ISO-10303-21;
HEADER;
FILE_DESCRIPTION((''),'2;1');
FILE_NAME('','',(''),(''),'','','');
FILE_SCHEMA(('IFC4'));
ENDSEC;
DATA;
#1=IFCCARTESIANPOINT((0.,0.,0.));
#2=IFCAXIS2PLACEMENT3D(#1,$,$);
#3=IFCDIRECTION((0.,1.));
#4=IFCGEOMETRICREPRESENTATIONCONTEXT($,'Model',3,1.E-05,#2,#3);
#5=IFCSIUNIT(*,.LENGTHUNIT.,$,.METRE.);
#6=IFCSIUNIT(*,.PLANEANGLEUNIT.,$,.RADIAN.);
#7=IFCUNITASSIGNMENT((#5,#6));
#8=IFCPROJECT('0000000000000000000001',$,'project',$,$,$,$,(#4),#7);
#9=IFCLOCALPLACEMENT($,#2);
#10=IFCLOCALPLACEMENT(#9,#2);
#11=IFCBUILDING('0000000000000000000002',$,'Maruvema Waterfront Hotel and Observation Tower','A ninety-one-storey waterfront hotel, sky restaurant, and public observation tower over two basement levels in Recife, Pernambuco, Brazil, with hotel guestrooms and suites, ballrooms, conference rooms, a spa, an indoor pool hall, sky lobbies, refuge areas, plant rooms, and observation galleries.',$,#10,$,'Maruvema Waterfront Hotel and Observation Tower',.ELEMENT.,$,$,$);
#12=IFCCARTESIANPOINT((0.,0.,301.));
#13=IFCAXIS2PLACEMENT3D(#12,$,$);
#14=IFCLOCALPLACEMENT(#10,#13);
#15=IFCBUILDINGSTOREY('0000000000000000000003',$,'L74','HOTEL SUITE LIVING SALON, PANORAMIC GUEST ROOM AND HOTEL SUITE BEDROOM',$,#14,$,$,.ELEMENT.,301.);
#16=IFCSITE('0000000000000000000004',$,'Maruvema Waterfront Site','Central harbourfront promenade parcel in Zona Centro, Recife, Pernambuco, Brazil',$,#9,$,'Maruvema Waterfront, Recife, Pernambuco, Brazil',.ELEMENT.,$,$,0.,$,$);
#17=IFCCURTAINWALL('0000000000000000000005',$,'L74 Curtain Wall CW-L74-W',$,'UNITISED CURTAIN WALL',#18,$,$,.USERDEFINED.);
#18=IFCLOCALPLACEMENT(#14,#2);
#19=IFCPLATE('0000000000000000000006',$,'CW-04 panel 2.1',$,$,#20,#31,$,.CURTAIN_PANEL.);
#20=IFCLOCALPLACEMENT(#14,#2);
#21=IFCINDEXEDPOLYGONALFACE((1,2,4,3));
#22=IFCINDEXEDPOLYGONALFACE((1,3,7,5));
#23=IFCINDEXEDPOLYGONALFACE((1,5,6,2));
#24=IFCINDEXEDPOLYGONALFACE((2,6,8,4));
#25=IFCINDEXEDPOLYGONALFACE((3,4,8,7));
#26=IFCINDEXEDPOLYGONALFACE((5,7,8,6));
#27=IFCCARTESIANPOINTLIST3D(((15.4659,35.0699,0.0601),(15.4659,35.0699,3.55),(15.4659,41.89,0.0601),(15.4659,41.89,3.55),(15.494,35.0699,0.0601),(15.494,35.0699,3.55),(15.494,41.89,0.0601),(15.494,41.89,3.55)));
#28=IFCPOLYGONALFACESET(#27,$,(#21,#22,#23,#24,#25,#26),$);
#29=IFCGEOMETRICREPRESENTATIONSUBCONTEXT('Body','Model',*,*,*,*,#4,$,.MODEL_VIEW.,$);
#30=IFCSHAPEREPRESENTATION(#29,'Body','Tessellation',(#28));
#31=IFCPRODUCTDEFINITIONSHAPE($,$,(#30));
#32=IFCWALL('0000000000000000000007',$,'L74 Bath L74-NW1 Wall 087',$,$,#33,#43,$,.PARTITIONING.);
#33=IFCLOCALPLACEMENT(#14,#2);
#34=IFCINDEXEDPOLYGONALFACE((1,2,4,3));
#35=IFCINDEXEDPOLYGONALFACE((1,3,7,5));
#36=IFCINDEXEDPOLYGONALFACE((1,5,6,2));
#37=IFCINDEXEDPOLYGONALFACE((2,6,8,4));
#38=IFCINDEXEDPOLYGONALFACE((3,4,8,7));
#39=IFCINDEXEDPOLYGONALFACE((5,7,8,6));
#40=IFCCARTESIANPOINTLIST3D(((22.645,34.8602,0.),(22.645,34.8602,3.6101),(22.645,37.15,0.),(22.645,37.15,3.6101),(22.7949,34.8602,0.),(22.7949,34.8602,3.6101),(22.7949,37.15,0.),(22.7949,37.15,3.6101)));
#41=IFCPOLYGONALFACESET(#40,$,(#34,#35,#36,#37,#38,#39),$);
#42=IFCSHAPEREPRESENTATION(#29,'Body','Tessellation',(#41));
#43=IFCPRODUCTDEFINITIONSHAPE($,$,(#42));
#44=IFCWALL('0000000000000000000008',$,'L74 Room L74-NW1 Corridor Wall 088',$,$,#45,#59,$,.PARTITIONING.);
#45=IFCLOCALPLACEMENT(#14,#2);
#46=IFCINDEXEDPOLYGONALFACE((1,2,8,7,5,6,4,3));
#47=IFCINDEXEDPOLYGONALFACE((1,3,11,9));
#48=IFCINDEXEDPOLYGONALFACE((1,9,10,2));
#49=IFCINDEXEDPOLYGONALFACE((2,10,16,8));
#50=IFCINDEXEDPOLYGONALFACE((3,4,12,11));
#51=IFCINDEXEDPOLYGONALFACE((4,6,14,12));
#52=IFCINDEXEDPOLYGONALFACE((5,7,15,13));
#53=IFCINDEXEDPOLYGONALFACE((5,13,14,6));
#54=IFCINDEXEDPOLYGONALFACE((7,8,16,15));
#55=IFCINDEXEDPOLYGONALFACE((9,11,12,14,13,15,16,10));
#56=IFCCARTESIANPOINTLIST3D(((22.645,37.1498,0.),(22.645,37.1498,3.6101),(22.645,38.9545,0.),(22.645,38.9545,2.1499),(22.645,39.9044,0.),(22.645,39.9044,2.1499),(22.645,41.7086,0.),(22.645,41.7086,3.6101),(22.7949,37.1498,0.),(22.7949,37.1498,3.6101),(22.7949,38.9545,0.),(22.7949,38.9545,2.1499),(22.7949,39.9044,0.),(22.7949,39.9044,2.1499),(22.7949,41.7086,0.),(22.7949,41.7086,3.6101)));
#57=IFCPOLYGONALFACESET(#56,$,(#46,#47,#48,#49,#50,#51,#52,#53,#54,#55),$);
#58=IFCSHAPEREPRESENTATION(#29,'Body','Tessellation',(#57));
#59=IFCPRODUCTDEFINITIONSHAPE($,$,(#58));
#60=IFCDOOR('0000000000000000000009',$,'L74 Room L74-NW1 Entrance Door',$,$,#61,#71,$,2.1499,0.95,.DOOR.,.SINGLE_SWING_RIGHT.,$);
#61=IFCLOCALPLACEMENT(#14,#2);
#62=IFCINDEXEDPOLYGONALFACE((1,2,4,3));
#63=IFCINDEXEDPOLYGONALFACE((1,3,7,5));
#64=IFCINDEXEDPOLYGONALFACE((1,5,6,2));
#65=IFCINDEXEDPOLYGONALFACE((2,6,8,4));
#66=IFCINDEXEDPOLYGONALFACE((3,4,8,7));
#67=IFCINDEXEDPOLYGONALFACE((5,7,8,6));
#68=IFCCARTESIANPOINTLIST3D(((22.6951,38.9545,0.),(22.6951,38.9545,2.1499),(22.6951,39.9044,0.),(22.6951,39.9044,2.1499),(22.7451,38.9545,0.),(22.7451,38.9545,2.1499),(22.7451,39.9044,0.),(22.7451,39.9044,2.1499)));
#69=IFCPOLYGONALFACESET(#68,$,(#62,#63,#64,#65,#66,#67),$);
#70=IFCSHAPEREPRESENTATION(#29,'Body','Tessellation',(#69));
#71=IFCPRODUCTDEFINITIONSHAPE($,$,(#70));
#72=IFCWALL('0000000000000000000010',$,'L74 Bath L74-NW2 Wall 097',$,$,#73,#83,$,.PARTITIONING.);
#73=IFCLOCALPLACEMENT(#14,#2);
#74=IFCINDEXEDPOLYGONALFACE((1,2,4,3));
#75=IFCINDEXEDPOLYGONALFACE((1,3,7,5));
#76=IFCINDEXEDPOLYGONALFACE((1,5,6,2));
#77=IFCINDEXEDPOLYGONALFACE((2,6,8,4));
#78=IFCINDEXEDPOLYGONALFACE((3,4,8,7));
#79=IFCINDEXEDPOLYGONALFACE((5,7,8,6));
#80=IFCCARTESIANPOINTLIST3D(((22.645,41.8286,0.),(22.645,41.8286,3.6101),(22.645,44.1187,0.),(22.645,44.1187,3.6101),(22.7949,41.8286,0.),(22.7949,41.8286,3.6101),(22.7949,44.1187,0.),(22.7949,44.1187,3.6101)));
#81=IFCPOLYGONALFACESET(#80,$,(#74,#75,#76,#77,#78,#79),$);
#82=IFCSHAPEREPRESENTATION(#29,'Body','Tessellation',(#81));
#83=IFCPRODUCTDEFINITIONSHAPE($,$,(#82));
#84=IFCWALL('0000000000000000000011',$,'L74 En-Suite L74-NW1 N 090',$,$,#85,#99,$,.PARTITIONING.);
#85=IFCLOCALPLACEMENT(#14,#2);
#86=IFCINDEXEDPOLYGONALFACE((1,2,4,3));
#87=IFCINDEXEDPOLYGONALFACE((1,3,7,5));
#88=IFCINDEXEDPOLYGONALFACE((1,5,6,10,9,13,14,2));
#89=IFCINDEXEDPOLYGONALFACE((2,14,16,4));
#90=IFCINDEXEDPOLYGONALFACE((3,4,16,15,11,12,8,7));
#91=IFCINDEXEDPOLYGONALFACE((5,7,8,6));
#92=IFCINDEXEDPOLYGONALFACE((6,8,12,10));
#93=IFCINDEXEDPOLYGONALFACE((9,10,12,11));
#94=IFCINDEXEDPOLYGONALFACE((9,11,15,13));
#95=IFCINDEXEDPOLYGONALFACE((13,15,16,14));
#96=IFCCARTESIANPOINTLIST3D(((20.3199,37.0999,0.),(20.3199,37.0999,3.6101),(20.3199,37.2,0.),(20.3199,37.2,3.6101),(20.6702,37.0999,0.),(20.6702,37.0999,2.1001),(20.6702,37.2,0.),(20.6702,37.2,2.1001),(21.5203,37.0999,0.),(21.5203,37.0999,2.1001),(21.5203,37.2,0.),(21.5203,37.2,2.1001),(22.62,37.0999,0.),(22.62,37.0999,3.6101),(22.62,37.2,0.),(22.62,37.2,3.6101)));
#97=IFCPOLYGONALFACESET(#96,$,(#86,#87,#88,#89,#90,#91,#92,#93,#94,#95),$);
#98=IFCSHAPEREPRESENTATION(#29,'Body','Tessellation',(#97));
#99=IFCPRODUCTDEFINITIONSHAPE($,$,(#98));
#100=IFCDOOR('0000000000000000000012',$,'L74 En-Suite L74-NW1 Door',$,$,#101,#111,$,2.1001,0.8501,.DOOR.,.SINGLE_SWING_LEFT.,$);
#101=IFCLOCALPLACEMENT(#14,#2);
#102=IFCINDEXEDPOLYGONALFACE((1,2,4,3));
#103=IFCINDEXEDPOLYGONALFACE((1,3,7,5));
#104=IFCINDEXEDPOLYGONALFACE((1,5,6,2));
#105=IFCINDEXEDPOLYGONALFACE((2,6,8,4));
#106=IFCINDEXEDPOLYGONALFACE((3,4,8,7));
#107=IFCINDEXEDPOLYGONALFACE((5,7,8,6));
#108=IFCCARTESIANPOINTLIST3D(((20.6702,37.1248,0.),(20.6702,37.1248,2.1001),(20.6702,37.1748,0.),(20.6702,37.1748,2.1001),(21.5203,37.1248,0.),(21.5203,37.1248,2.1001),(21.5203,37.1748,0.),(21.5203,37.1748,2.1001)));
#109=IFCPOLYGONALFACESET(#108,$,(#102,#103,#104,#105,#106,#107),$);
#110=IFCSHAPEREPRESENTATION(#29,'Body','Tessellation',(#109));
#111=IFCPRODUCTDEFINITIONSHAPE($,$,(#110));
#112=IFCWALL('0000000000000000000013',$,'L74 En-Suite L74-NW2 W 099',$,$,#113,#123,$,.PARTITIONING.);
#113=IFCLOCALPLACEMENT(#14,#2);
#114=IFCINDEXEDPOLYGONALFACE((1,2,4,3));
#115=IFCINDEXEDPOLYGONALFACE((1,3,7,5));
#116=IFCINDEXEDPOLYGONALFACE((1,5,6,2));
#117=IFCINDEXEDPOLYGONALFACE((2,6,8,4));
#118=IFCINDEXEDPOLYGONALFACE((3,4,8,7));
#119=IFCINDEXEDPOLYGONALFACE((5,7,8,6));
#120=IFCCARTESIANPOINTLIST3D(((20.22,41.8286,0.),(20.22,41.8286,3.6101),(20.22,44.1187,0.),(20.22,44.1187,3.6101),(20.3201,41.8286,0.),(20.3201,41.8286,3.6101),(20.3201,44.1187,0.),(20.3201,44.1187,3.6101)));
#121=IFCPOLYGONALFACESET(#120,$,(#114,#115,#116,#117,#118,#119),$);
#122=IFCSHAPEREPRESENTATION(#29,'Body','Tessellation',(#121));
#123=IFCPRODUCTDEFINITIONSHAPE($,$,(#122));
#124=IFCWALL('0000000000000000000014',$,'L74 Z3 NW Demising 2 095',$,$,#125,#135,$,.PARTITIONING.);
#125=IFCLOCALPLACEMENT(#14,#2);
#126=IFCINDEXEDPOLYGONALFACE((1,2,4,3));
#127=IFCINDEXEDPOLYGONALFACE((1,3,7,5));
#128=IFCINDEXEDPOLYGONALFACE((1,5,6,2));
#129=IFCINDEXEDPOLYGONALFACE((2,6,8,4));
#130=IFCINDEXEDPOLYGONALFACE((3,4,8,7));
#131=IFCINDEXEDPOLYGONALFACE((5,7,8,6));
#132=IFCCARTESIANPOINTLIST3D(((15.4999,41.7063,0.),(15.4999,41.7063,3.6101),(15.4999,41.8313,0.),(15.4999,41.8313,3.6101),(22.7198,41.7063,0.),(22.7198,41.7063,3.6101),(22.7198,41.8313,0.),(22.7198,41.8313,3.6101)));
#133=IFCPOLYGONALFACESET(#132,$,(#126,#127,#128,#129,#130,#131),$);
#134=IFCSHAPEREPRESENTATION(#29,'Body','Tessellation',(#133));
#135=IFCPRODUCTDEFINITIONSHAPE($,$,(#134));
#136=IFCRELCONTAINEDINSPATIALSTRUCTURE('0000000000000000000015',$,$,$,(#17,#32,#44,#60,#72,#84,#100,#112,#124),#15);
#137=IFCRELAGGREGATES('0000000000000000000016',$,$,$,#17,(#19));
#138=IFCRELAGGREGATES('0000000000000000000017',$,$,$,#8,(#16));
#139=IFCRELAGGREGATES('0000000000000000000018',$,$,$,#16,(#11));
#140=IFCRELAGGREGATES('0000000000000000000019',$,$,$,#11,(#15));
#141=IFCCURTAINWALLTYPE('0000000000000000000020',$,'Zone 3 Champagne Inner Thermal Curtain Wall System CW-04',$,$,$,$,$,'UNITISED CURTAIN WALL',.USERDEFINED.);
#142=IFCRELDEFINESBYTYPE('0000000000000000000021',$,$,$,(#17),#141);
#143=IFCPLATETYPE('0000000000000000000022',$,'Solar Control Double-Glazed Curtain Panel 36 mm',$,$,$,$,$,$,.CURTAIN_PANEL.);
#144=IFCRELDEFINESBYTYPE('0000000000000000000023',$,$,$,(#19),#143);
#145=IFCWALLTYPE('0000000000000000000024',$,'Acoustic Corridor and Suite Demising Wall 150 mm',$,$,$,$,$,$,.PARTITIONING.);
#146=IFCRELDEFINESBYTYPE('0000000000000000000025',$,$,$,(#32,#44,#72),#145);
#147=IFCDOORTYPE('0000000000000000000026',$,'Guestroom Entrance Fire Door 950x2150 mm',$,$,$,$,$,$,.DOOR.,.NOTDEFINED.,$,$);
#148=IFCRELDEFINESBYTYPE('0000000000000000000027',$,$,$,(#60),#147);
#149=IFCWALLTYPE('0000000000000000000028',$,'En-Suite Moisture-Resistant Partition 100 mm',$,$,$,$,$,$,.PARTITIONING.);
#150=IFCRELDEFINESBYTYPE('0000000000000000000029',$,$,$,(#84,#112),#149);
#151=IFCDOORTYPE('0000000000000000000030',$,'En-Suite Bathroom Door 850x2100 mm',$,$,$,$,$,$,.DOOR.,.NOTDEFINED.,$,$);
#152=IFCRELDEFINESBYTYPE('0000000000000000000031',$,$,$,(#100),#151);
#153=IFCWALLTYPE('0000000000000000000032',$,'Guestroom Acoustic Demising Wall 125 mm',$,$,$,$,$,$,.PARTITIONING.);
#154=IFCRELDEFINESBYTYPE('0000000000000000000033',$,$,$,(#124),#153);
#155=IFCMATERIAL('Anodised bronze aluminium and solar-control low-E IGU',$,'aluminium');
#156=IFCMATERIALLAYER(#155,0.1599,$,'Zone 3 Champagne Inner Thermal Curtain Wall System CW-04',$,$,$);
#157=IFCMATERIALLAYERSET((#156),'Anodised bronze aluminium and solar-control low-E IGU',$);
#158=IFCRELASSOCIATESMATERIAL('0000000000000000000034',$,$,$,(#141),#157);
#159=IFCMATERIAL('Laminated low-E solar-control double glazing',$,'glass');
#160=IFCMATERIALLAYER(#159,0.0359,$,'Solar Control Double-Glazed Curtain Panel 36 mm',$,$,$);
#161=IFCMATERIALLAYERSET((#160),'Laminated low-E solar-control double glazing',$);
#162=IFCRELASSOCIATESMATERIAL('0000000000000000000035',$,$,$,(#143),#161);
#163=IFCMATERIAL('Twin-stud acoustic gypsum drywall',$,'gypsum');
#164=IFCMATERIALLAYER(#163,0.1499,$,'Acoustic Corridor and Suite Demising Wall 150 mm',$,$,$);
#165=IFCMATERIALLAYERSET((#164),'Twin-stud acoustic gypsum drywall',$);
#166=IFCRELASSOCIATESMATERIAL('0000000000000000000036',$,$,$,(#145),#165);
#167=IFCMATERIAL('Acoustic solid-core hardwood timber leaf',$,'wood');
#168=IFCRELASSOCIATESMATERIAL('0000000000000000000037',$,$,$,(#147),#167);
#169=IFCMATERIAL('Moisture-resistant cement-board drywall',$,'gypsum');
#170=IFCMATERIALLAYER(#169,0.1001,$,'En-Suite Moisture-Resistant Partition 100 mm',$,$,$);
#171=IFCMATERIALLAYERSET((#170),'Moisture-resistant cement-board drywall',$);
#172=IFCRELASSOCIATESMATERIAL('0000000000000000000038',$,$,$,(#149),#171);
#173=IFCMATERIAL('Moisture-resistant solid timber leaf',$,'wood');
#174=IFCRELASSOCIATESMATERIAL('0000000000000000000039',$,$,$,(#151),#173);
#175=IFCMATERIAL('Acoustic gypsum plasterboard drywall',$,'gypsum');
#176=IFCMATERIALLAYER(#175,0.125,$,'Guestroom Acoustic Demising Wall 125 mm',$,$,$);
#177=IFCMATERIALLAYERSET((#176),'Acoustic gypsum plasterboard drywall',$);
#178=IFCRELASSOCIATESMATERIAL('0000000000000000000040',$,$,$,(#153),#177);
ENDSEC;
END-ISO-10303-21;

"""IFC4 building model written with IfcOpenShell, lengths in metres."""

from ifc_helpers import new_model, si_unit, direction, frame, frame_2d, origin, origin_2d, place, context, subcontext, project, spatial, rectangle, extrude, material, layer, layer_set, type_object, element, fill, aggregate, save


model = new_model("IFC4")

# Units and contexts
model_context = context("Model", 3, precision=1e-05, world=origin(), true_north=direction((0.0, 1.0)))
body_context = subcontext(model_context, "Body", "Model", "MODEL_VIEW")
ifc_project = project(units=[si_unit("LENGTHUNIT", "METRE"), si_unit("PLANEANGLEUNIT", "RADIAN")], contexts=[model_context])

# Site, building, storey
site_placement = place(None, origin())
site = spatial("IfcSite", under=ifc_project, at=site_placement, Name="Maruvema Waterfront Site", Description="Central harbourfront promenade parcel in Zona Centro, Recife, Pernambuco, Brazil", LongName="Maruvema Waterfront, Recife, Pernambuco, Brazil", CompositionType="ELEMENT", RefElevation=0.0)
building_placement = place(site_placement, origin())
building = spatial("IfcBuilding", under=site, at=building_placement, Name="Maruvema Waterfront Hotel and Observation Tower", Description="A ninety-one-storey waterfront hotel, sky restaurant, and public observation tower over two basement levels in Recife, Pernambuco, Brazil, with hotel guestrooms and suites, ballrooms, conference rooms, a spa, an indoor pool hall, sky lobbies, refuge areas, plant rooms, and observation galleries.", LongName="Maruvema Waterfront Hotel and Observation Tower", CompositionType="ELEMENT")
storey_placement = place(building_placement, frame((0.0, 0.0, 301.0)))
storey = spatial("IfcBuildingStorey", under=building, at=storey_placement, Name="L74", Description="HOTEL SUITE LIVING SALON, PANORAMIC GUEST ROOM AND HOTEL SUITE BEDROOM", CompositionType="ELEMENT", Elevation=301.0)

# Curtain wall
ifc_material_1 = material(Name="Anodised bronze aluminium and solar-control low-E IGU", Category="aluminium")
ifc_layer_1 = layer(ifc_material_1, 0.1599, Name="Zone 3 Champagne Inner Thermal Curtain Wall System CW-04")
ifc_layer_set_1 = layer_set([ifc_layer_1], Name="Anodised bronze aluminium and solar-control low-E IGU")
curtain_wall_type = type_object("IfcCurtainWallType", Name="Zone 3 Champagne Inner Thermal Curtain Wall System CW-04", ElementType="UNITISED CURTAIN WALL", PredefinedType="USERDEFINED", material=ifc_layer_set_1)
curtain_wall_placement = place(storey_placement, origin())
curtain_wall = element("IfcCurtainWall", 1, at=curtain_wall_placement, inside=storey, type_object=curtain_wall_type, Name="L74 Curtain Wall CW-L74-W", ObjectType="UNITISED CURTAIN WALL", PredefinedType="USERDEFINED")

# Plate
ifc_material_2 = material(Name="Laminated low-E solar-control double glazing", Category="glass")
ifc_layer_2 = layer(ifc_material_2, 0.0359, Name="Solar Control Double-Glazed Curtain Panel 36 mm")
ifc_layer_set_2 = layer_set([ifc_layer_2], Name="Laminated low-E solar-control double glazing")
plate_type = type_object("IfcPlateType", Name="Solar Control Double-Glazed Curtain Panel 36 mm", PredefinedType="CURTAIN_PANEL", material=ifc_layer_set_2)
plate_placement = place(storey_placement, frame((15.48, 38.48, 0.0601), z_axis=(0.0, 0.0, 1.0), x_axis=(0.0, -1.0, 0.0)))
plate = element("IfcPlate", 2, at=plate_placement, type_object=plate_type, Name="CW-04 panel 2.1", PredefinedType="CURTAIN_PANEL", context=body_context, shape_type="SweptSolid", body=[
    extrude(rectangle(XDim=6.8201, YDim=0.0281, at=origin_2d()), origin(), (0.0, 0.0, 1.0), 3.49),
])
aggregate(curtain_wall, [plate])

# Wall
ifc_material_3 = material(Name="Twin-stud acoustic gypsum drywall", Category="gypsum")
ifc_layer_3 = layer(ifc_material_3, 0.1499, Name="Acoustic Corridor and Suite Demising Wall 150 mm")
ifc_layer_set_3 = layer_set([ifc_layer_3], Name="Twin-stud acoustic gypsum drywall")
wall_type_1 = type_object("IfcWallType", Name="Acoustic Corridor and Suite Demising Wall 150 mm", PredefinedType="PARTITIONING", material=ifc_layer_set_3)
wall_1_placement = place(storey_placement, frame((22.72, 34.8601, 0.0), z_axis=(0.0, 0.0, 1.0), x_axis=(0.0, 1.0, 0.0)))
element("IfcWall", 3, at=wall_1_placement, inside=storey, type_object=wall_type_1, Name="L74 Bath L74-NW1 Wall 087", PredefinedType="PARTITIONING", context=body_context, shape_type="SweptSolid", body=[
    extrude(rectangle(XDim=2.2898, YDim=0.1499, at=frame_2d((1.145, 0.0))), origin(), (0.0, 0.0, 1.0), 3.6101),
])

# Wall, opening, door
wall_2_placement = place(storey_placement, frame((22.72, 37.1499, 0.0), z_axis=(0.0, 0.0, 1.0), x_axis=(0.0, 1.0, 0.0)))
wall_2 = element("IfcWall", 4, at=wall_2_placement, inside=storey, type_object=wall_type_1, Name="L74 Room L74-NW1 Corridor Wall 088", PredefinedType="PARTITIONING", context=body_context, shape_type="SweptSolid", body=[
    extrude(rectangle(XDim=4.5588, YDim=0.1499, at=frame_2d((2.2793, 0.0))), origin(), (0.0, 0.0, 1.0), 3.6101),
])
opening_1_placement = place(wall_2_placement, frame((1.8044, 0.0, 0.0)))
opening_1 = element("IfcOpeningElement", 5, at=opening_1_placement, cuts=wall_2, PredefinedType="OPENING", context=body_context, shape_type="SweptSolid", body=[
    extrude(rectangle(XDim=0.95, YDim=2.1499, at=frame_2d((0.4751, 1.075))), frame((0.0, 0.085, 0.0), z_axis=(0.0, -1.0, 0.0), x_axis=(1.0, 0.0, 0.0)), (0.0, 0.0, 1.0), 0.1699),
])
ifc_material_4 = material(Name="Acoustic solid-core hardwood timber leaf", Category="wood")
door_type_1 = type_object("IfcDoorType", Name="Guestroom Entrance Fire Door 950x2150 mm", OperationType="NOTDEFINED", PredefinedType="DOOR", material=ifc_material_4)
door_1_placement = place(opening_1_placement, origin())
door_1 = element("IfcDoor", 6, at=door_1_placement, inside=storey, type_object=door_type_1, Name="L74 Room L74-NW1 Entrance Door", OperationType="SINGLE_SWING_RIGHT", OverallHeight=2.1499, OverallWidth=0.95, PredefinedType="DOOR", context=body_context, shape_type="SweptSolid", body=[
    extrude(rectangle(XDim=0.95, YDim=2.1499, at=frame_2d((0.4751, 1.075))), frame((0.0, 0.0249, 0.0), z_axis=(0.0, -1.0, 0.0), x_axis=(1.0, 0.0, 0.0)), (0.0, 0.0, 1.0), 0.05),
])
fill(opening_1, door_1)

# Wall
wall_3_placement = place(storey_placement, frame((22.72, 41.8286, 0.0), z_axis=(0.0, 0.0, 1.0), x_axis=(0.0, 1.0, 0.0)))
element("IfcWall", 7, at=wall_3_placement, inside=storey, type_object=wall_type_1, Name="L74 Bath L74-NW2 Wall 097", PredefinedType="PARTITIONING", context=body_context, shape_type="SweptSolid", body=[
    extrude(rectangle(XDim=2.29, YDim=0.1499, at=frame_2d((1.145, 0.0))), origin(), (0.0, 0.0, 1.0), 3.6101),
])

# Wall, opening, door
ifc_material_5 = material(Name="Moisture-resistant cement-board drywall", Category="gypsum")
ifc_layer_4 = layer(ifc_material_5, 0.1001, Name="En-Suite Moisture-Resistant Partition 100 mm")
ifc_layer_set_4 = layer_set([ifc_layer_4], Name="Moisture-resistant cement-board drywall")
wall_type_2 = type_object("IfcWallType", Name="En-Suite Moisture-Resistant Partition 100 mm", PredefinedType="PARTITIONING", material=ifc_layer_set_4)
wall_4_placement = place(storey_placement, frame((20.3201, 37.1499, 0.0), z_axis=(0.0, 0.0, 1.0), x_axis=(1.0, 0.0, 0.0)))
wall_4 = element("IfcWall", 8, at=wall_4_placement, inside=storey, type_object=wall_type_2, Name="L74 En-Suite L74-NW1 N 090", PredefinedType="PARTITIONING", context=body_context, shape_type="SweptSolid", body=[
    extrude(rectangle(XDim=2.3, YDim=0.1001, at=frame_2d((1.1499, 0.0))), origin(), (0.0, 0.0, 1.0), 3.6101),
])
opening_2_placement = place(wall_4_placement, frame((0.3501, 0.0, 0.0)))
opening_2 = element("IfcOpeningElement", 9, at=opening_2_placement, cuts=wall_4, PredefinedType="OPENING", context=body_context, shape_type="SweptSolid", body=[
    extrude(rectangle(XDim=0.8501, YDim=2.1001, at=frame_2d((0.425, 1.05))), frame((0.0, 0.0601, 0.0), z_axis=(0.0, -1.0, 0.0), x_axis=(1.0, 0.0, 0.0)), (0.0, 0.0, 1.0), 0.1201),
])
ifc_material_6 = material(Name="Moisture-resistant solid timber leaf", Category="wood")
door_type_2 = type_object("IfcDoorType", Name="En-Suite Bathroom Door 850x2100 mm", OperationType="NOTDEFINED", PredefinedType="DOOR", material=ifc_material_6)
door_2_placement = place(opening_2_placement, origin())
door_2 = element("IfcDoor", 10, at=door_2_placement, inside=storey, type_object=door_type_2, Name="L74 En-Suite L74-NW1 Door", OperationType="SINGLE_SWING_LEFT", OverallHeight=2.1001, OverallWidth=0.8501, PredefinedType="DOOR", context=body_context, shape_type="SweptSolid", body=[
    extrude(rectangle(XDim=0.8501, YDim=2.1001, at=frame_2d((0.425, 1.05))), frame((0.0, 0.0249, 0.0), z_axis=(0.0, -1.0, 0.0), x_axis=(1.0, 0.0, 0.0)), (0.0, 0.0, 1.0), 0.05),
])
fill(opening_2, door_2)

# Walls
wall_5_placement = place(storey_placement, frame((20.27, 41.8286, 0.0), z_axis=(0.0, 0.0, 1.0), x_axis=(0.0, 1.0, 0.0)))
element("IfcWall", 11, at=wall_5_placement, inside=storey, type_object=wall_type_2, Name="L74 En-Suite L74-NW2 W 099", PredefinedType="PARTITIONING", context=body_context, shape_type="SweptSolid", body=[
    extrude(rectangle(XDim=2.29, YDim=0.1001, at=frame_2d((1.145, 0.0))), origin(), (0.0, 0.0, 1.0), 3.6101),
])
ifc_material_7 = material(Name="Acoustic gypsum plasterboard drywall", Category="gypsum")
ifc_layer_5 = layer(ifc_material_7, 0.125, Name="Guestroom Acoustic Demising Wall 125 mm")
ifc_layer_set_5 = layer_set([ifc_layer_5], Name="Acoustic gypsum plasterboard drywall")
wall_type_3 = type_object("IfcWallType", Name="Guestroom Acoustic Demising Wall 125 mm", PredefinedType="PARTITIONING", material=ifc_layer_set_5)
wall_6_placement = place(storey_placement, frame((15.5, 41.7688, 0.0), z_axis=(0.0, 0.0, 1.0), x_axis=(1.0, 0.0, 0.0)))
element("IfcWall", 12, at=wall_6_placement, inside=storey, type_object=wall_type_3, Name="L74 Z3 NW Demising 2 095", PredefinedType="PARTITIONING", context=body_context, shape_type="SweptSolid", body=[
    extrude(rectangle(XDim=7.22, YDim=0.125, at=frame_2d((3.6099, 0.0))), origin(), (0.0, 0.0, 1.0), 3.6101),
])

save(model, "model.ifc")
